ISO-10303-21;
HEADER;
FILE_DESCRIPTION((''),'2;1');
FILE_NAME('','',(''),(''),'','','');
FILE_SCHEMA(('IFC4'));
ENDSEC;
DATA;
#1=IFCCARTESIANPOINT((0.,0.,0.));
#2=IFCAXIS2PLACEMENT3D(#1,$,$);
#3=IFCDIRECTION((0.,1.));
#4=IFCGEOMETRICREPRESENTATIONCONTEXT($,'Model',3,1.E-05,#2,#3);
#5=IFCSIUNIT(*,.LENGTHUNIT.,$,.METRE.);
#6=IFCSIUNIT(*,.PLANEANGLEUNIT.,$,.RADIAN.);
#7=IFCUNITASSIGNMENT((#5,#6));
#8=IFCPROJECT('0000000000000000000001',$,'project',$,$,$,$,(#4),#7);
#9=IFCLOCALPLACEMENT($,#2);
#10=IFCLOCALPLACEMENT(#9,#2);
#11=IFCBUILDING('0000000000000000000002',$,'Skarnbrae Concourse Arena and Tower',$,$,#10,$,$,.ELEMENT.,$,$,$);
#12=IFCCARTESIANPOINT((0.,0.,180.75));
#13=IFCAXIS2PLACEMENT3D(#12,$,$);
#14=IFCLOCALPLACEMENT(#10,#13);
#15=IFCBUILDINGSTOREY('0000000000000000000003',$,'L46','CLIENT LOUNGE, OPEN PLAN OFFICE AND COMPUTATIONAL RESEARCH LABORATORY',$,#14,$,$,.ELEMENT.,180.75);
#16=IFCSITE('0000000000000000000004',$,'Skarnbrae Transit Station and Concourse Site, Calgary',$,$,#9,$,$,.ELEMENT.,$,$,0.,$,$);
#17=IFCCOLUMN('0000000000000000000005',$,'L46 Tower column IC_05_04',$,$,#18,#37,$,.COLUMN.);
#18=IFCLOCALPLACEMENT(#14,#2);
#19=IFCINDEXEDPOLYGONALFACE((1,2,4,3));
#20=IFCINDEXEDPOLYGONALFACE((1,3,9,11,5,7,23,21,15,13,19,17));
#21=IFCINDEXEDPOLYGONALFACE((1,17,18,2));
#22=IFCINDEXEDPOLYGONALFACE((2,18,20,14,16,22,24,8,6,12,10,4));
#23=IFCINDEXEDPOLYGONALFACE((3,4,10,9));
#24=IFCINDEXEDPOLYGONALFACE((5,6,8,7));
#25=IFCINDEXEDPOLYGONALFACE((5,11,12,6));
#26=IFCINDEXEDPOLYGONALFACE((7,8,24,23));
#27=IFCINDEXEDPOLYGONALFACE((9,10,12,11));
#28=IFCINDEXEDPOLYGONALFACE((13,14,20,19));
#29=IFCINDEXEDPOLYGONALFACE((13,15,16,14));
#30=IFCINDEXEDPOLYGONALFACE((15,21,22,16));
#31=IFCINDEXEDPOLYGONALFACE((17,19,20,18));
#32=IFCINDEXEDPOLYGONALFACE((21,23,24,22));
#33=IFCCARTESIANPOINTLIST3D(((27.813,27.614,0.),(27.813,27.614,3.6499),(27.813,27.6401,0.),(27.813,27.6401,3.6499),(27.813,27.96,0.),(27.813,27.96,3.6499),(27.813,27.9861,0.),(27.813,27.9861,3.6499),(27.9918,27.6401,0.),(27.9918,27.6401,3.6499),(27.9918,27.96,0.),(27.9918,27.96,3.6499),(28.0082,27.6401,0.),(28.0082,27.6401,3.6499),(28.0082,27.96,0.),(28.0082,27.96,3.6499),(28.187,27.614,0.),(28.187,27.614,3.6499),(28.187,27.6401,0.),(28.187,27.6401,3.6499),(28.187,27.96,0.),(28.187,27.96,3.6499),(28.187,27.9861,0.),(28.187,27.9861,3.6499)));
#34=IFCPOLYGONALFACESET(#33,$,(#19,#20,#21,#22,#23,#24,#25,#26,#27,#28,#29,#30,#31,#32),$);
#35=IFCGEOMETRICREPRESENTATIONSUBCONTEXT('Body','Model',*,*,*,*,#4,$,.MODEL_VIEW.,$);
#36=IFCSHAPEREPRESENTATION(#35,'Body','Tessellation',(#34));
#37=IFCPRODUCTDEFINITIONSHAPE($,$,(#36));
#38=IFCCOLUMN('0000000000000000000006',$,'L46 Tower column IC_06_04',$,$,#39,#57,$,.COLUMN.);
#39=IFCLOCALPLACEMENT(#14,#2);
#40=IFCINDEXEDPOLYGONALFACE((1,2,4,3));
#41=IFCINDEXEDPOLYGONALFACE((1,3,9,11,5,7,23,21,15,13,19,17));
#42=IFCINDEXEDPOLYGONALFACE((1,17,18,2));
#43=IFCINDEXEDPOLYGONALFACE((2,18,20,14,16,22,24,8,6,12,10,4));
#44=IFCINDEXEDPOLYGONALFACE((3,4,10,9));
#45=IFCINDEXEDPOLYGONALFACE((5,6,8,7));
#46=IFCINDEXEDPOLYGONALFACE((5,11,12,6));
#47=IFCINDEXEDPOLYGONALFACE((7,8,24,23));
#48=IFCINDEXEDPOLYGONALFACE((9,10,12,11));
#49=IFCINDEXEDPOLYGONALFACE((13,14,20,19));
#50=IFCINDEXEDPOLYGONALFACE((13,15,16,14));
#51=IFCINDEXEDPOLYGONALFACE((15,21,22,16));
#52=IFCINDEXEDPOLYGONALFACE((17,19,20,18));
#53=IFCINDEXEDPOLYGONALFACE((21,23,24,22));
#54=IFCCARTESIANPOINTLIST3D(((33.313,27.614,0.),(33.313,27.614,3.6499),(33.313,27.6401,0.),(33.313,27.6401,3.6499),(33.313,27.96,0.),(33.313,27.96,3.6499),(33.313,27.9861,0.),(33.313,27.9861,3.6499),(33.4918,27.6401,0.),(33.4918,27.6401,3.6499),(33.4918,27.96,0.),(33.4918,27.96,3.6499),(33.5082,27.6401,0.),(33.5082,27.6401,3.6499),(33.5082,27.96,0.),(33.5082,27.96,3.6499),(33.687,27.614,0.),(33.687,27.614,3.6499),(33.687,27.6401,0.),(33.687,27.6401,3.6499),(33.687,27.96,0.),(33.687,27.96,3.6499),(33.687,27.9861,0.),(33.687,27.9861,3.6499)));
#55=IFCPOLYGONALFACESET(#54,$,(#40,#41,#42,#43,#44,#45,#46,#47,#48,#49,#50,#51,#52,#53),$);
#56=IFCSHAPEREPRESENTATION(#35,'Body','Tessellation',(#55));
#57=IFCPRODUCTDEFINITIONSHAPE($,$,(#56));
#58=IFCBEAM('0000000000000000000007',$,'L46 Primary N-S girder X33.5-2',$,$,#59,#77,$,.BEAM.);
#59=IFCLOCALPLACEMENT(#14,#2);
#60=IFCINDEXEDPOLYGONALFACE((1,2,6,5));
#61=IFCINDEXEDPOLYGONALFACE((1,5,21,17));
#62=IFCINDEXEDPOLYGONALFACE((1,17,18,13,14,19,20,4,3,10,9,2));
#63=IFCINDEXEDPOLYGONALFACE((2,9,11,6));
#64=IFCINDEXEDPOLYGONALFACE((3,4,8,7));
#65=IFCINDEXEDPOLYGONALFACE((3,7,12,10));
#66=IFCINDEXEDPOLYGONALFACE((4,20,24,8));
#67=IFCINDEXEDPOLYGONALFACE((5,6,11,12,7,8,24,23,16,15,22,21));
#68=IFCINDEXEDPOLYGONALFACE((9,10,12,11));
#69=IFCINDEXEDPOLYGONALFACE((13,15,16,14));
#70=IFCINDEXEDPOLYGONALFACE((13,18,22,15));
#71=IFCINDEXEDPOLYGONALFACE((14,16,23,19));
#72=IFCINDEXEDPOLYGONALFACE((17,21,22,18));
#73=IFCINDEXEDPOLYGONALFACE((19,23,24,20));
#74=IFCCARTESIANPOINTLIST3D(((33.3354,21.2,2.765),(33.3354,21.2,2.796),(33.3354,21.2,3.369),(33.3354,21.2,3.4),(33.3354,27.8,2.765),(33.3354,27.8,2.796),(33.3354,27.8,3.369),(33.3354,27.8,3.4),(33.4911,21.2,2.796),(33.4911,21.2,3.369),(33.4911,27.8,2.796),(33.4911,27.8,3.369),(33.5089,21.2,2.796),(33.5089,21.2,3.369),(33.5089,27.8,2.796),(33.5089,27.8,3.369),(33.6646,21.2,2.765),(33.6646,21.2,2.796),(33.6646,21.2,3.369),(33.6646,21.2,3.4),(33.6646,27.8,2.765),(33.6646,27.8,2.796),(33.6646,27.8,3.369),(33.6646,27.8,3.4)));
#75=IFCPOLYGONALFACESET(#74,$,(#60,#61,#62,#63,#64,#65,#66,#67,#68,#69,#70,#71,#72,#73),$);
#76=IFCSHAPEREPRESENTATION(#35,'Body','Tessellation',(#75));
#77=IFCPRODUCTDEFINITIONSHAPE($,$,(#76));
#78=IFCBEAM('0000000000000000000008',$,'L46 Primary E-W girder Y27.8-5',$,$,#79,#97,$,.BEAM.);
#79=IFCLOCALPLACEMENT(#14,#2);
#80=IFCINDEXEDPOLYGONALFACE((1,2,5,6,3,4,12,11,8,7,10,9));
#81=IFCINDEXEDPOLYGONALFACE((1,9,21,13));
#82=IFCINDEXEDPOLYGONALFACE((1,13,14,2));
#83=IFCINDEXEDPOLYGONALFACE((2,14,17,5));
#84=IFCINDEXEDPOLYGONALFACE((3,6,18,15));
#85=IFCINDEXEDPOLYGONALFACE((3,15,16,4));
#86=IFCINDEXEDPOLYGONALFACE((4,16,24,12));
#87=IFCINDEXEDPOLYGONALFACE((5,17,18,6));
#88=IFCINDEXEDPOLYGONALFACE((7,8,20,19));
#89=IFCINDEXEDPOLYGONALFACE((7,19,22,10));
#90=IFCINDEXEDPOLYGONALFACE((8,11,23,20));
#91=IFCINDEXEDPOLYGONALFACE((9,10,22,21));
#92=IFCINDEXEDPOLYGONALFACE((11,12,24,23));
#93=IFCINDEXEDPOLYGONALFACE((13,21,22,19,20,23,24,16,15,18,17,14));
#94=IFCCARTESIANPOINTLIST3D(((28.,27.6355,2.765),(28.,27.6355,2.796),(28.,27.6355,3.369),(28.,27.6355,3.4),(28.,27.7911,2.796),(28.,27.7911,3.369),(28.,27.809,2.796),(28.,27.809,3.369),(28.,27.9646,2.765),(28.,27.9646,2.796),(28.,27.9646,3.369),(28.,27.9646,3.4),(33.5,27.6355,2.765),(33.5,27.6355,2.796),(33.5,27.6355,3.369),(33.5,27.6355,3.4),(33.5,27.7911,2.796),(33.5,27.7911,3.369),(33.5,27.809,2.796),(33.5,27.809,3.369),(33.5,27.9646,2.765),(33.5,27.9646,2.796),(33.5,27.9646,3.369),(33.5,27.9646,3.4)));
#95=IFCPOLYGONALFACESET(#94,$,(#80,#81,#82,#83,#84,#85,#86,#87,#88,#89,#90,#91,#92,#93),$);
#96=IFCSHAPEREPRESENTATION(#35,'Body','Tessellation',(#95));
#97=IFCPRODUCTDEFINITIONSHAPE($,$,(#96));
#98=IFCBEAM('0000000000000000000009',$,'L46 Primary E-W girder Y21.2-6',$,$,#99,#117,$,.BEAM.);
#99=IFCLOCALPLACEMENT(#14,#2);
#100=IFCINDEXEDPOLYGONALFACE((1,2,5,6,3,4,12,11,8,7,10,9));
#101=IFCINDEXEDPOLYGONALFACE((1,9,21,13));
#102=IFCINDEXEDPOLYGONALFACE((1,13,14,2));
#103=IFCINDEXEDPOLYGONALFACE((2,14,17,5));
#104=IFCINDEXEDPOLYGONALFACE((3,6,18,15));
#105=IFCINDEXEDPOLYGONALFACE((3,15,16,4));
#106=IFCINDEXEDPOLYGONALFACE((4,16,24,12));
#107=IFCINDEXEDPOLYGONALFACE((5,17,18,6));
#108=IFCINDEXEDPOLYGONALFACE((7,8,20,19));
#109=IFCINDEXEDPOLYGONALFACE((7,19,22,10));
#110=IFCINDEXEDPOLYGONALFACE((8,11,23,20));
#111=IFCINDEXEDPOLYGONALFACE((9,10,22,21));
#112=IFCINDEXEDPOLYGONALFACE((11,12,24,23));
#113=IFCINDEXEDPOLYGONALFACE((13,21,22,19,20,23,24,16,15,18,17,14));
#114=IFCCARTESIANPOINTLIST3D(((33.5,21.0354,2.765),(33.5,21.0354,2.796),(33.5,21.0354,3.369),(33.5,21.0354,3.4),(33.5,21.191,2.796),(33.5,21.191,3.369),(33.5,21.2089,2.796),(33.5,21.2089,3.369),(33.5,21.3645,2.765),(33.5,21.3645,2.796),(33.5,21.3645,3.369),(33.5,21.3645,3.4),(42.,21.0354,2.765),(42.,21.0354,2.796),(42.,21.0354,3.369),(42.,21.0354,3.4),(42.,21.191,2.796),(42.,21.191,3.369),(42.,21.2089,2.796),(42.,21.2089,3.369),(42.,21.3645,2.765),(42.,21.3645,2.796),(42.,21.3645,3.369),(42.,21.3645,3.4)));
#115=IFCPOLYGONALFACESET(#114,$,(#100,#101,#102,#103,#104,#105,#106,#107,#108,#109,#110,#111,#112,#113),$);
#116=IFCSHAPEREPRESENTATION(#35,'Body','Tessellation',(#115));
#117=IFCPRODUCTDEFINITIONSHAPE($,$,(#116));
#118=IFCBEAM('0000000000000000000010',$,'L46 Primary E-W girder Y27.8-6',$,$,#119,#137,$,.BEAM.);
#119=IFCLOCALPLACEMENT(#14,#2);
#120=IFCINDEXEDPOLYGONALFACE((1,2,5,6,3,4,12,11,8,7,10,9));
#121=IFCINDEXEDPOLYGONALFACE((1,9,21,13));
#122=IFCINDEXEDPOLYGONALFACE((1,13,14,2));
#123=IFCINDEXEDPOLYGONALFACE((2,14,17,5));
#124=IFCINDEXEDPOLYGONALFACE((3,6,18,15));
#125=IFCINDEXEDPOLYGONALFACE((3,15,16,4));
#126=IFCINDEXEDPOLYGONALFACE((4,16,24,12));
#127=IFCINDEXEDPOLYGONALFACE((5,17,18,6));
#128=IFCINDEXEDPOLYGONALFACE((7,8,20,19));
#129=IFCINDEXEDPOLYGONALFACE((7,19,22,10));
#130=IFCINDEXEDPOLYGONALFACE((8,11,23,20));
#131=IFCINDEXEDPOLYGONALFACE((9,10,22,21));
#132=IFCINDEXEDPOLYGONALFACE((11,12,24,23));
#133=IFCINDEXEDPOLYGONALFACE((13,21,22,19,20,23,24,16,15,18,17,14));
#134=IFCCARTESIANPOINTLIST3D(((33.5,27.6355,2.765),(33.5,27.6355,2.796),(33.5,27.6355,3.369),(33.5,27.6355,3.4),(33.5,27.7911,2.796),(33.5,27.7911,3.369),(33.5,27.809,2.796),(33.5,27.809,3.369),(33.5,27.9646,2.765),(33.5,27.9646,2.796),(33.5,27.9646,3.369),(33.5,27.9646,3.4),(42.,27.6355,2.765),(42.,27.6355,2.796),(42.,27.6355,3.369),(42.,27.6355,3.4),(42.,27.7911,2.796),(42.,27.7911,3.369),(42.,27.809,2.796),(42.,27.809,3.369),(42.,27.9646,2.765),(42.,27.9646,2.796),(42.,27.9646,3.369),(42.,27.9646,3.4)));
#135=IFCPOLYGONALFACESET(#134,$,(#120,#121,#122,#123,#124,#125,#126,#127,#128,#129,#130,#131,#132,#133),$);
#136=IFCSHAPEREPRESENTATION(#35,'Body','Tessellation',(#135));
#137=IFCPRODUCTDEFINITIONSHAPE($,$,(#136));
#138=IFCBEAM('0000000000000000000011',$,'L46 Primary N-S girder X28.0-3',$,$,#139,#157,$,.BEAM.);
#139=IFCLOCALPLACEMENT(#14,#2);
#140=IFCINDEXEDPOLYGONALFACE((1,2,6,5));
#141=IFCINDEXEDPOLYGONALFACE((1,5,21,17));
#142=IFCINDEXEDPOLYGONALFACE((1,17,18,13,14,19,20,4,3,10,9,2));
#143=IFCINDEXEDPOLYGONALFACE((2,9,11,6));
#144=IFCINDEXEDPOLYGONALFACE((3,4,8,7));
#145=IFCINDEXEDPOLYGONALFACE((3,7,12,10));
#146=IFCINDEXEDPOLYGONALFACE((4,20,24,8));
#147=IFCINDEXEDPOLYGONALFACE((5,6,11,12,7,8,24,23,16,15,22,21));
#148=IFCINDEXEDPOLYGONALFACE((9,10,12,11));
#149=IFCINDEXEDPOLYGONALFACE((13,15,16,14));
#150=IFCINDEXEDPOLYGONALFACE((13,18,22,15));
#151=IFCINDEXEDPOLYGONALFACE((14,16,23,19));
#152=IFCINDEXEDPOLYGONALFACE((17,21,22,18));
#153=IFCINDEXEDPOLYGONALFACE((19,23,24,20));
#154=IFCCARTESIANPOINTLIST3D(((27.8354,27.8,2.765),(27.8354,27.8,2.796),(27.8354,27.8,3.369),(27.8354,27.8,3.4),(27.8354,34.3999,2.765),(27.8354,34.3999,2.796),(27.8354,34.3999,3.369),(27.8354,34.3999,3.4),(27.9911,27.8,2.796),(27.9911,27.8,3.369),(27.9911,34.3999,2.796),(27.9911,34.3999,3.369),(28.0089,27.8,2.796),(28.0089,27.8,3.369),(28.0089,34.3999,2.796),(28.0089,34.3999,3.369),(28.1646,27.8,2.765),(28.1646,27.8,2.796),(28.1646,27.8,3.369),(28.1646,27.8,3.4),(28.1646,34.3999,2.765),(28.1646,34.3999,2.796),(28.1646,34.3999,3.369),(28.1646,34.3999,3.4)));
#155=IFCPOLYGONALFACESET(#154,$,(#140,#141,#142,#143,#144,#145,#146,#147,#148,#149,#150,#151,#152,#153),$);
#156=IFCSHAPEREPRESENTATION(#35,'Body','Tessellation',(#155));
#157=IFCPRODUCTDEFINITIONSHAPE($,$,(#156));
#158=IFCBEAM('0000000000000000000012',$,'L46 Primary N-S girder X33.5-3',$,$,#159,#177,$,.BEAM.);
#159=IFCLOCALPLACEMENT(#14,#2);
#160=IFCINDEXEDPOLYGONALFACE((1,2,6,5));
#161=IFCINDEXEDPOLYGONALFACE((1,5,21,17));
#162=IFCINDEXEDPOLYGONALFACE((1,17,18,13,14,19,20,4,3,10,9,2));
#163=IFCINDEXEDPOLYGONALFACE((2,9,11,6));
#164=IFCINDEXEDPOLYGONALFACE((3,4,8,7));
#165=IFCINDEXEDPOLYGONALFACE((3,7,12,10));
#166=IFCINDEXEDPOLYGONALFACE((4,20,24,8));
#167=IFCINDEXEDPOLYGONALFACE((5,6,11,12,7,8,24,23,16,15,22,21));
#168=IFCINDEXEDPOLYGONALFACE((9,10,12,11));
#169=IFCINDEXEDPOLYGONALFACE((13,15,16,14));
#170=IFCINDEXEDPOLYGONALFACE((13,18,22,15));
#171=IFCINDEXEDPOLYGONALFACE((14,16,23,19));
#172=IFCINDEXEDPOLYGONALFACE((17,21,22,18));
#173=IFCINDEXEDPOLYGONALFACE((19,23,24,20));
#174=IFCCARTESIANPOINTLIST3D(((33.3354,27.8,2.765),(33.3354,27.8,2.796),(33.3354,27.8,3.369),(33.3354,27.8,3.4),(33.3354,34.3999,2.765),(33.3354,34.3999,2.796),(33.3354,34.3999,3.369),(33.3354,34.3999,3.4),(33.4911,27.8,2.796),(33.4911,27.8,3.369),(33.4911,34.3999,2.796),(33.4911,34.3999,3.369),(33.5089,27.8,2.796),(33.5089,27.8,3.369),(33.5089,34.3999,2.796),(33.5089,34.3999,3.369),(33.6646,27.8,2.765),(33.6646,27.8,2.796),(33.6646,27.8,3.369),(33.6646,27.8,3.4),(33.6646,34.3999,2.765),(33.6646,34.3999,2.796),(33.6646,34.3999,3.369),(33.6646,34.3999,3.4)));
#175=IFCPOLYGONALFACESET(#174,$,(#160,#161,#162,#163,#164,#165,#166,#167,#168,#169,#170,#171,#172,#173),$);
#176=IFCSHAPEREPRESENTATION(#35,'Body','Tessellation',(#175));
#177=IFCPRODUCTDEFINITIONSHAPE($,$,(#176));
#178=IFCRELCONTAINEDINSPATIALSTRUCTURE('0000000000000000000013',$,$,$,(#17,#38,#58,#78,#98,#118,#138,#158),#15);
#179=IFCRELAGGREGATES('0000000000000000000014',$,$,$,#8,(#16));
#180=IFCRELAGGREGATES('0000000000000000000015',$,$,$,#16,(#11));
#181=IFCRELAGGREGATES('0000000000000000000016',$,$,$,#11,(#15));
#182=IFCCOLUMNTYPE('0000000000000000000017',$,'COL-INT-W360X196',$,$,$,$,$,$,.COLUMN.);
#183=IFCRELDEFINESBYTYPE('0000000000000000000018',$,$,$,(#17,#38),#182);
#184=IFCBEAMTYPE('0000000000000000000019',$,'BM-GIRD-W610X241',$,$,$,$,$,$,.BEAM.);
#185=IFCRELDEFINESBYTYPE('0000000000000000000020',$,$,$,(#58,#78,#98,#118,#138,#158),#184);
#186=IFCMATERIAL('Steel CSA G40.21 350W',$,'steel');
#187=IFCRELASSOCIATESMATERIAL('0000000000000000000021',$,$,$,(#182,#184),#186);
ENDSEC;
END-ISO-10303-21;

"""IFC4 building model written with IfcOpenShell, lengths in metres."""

from ifc_helpers import new_model, si_unit, direction, frame, origin, origin_2d, place, context, subcontext, project, spatial, i_section, extrude, source, transform, mapped, material, material_profile, profile_set, type_object, element, save


model = new_model("IFC4")

# Units and contexts
model_context = context("Model", 3, precision=1e-05, world=origin(), true_north=direction((0.0, 1.0)))
body_context = subcontext(model_context, "Body", "Model", "MODEL_VIEW")
ifc_project = project(units=[si_unit("LENGTHUNIT", "METRE"), si_unit("PLANEANGLEUNIT", "RADIAN")], contexts=[model_context])

# Site, building, storey
site_placement = place(None, origin())
site = spatial("IfcSite", under=ifc_project, at=site_placement, Name="Skarnbrae Transit Station and Concourse Site, Calgary", CompositionType="ELEMENT", RefElevation=0.0)
building_placement = place(site_placement, origin())
building = spatial("IfcBuilding", under=site, at=building_placement, Name="Skarnbrae Concourse Arena and Tower", CompositionType="ELEMENT")
storey_placement = place(building_placement, frame((0.0, 0.0, 180.75)))
storey = spatial("IfcBuildingStorey", under=building, at=storey_placement, Name="L46", Description="CLIENT LOUNGE, OPEN PLAN OFFICE AND COMPUTATIONAL RESEARCH LABORATORY", CompositionType="ELEMENT", Elevation=180.75)

# Columns
ifc_material_1 = material(Name="Steel CSA G40.21 350W", Category="steel")
ifc_material_profile_1 = material_profile(ifc_material_1, i_section(OverallWidth=0.374, OverallDepth=0.3721, WebThickness=0.0164, FlangeThickness=0.0261, at=origin_2d()), Name="W360X196")
ifc_profile_set_1 = profile_set([ifc_material_profile_1], Name="Steel CSA G40.21 350W")
column_type = type_object("IfcColumnType", Name="COL-INT-W360X196", PredefinedType="COLUMN", material=ifc_profile_set_1)
shared_shape_1 = source(origin(), body_context, "Body", "SweptSolid", [
    extrude(i_section(OverallWidth=0.374, OverallDepth=0.3721, WebThickness=0.0164, FlangeThickness=0.0261, at=origin_2d()), origin(), (0.0, 0.0, 1.0), 3.6499),
])
for number, where, z_axis, x_axis, name in (
    (1, (28.0, 27.8, 0.0), (0.0, 0.0, 1.0), (1.0, 0.0, 0.0), "L46 Tower column IC_05_04"),
    (2, (33.5, 27.8, 0.0), (0.0, 0.0, 1.0), (1.0, 0.0, 0.0), "L46 Tower column IC_06_04"),
):
    element("IfcColumn", number, at=place(storey_placement, frame(where, z_axis=z_axis, x_axis=x_axis)), inside=storey, type_object=column_type, Name=name, PredefinedType="COLUMN", context=body_context, shape_type="MappedRepresentation", body=[
        mapped(shared_shape_1, transform((0.0, 0.0, 0.0))),
    ])

# Beams
ifc_material_profile_2 = material_profile(ifc_material_1, i_section(OverallWidth=0.3291, OverallDepth=0.635, WebThickness=0.0178, FlangeThickness=0.031, at=origin_2d()), Name="W610X241")
ifc_profile_set_2 = profile_set([ifc_material_profile_2], Name="Steel CSA G40.21 350W")
beam_type_1 = type_object("IfcBeamType", Name="BM-GIRD-W610X241", PredefinedType="BEAM", material=ifc_profile_set_2)
shared_shape_2 = source(origin(), body_context, "Body", "SweptSolid", [
    extrude(i_section(OverallWidth=0.3291, OverallDepth=0.635, WebThickness=0.0178, FlangeThickness=0.031, at=origin_2d()), origin(), (0.0, 0.0, 1.0), 6.6001),
])
beam_1_placement = place(storey_placement, frame((33.5, 21.2, 3.0825), z_axis=(0.0, 1.0, 0.0), x_axis=(-1.0, 0.0, 0.0)))
element("IfcBeam", 3, at=beam_1_placement, inside=storey, type_object=beam_type_1, Name="L46 Primary N-S girder X33.5-2", PredefinedType="BEAM", context=body_context, shape_type="MappedRepresentation", body=[
    mapped(shared_shape_2, transform((0.0, 0.0, 0.0))),
])
shared_shape_3 = source(origin(), body_context, "Body", "SweptSolid", [
    extrude(i_section(OverallWidth=0.3291, OverallDepth=0.635, WebThickness=0.0178, FlangeThickness=0.031, at=origin_2d()), origin(), (0.0, 0.0, 1.0), 5.5),
])
beam_2_placement = place(storey_placement, frame((28.0, 27.8, 3.0825), z_axis=(1.0, 0.0, 0.0), x_axis=(0.0, 1.0, 0.0)))
element("IfcBeam", 4, at=beam_2_placement, inside=storey, type_object=beam_type_1, Name="L46 Primary E-W girder Y27.8-5", PredefinedType="BEAM", context=body_context, shape_type="MappedRepresentation", body=[
    mapped(shared_shape_3, transform((0.0, 0.0, 0.0))),
])
shared_shape_4 = source(origin(), body_context, "Body", "SweptSolid", [
    extrude(i_section(OverallWidth=0.3291, OverallDepth=0.635, WebThickness=0.0178, FlangeThickness=0.031, at=origin_2d()), origin(), (0.0, 0.0, 1.0), 8.5),
])
for number, where, z_axis, x_axis, name in (
    (5, (33.5, 21.2, 3.0825), (1.0, 0.0, 0.0), (0.0, 1.0, 0.0), "L46 Primary E-W girder Y21.2-6"),
    (6, (33.5, 27.8, 3.0825), (1.0, 0.0, 0.0), (0.0, 1.0, 0.0), "L46 Primary E-W girder Y27.8-6"),
):
    element("IfcBeam", number, at=place(storey_placement, frame(where, z_axis=z_axis, x_axis=x_axis)), inside=storey, type_object=beam_type_1, Name=name, PredefinedType="BEAM", context=body_context, shape_type="MappedRepresentation", body=[
        mapped(shared_shape_4, transform((0.0, 0.0, 0.0))),
    ])
shared_shape_5 = source(origin(), body_context, "Body", "SweptSolid", [
    extrude(i_section(OverallWidth=0.3291, OverallDepth=0.635, WebThickness=0.0178, FlangeThickness=0.031, at=origin_2d()), origin(), (0.0, 0.0, 1.0), 6.5999),
])
for number, where, z_axis, x_axis, name in (
    (7, (28.0, 27.8, 3.0825), (0.0, 1.0, 0.0), (-1.0, 0.0, 0.0), "L46 Primary N-S girder X28.0-3"),
    (8, (33.5, 27.8, 3.0825), (0.0, 1.0, 0.0), (-1.0, 0.0, 0.0), "L46 Primary N-S girder X33.5-3"),
):
    element("IfcBeam", number, at=place(storey_placement, frame(where, z_axis=z_axis, x_axis=x_axis)), inside=storey, type_object=beam_type_1, Name=name, PredefinedType="BEAM", context=body_context, shape_type="MappedRepresentation", body=[
        mapped(shared_shape_5, transform((0.0, 0.0, 0.0))),
    ])

save(model, "model.ifc")
